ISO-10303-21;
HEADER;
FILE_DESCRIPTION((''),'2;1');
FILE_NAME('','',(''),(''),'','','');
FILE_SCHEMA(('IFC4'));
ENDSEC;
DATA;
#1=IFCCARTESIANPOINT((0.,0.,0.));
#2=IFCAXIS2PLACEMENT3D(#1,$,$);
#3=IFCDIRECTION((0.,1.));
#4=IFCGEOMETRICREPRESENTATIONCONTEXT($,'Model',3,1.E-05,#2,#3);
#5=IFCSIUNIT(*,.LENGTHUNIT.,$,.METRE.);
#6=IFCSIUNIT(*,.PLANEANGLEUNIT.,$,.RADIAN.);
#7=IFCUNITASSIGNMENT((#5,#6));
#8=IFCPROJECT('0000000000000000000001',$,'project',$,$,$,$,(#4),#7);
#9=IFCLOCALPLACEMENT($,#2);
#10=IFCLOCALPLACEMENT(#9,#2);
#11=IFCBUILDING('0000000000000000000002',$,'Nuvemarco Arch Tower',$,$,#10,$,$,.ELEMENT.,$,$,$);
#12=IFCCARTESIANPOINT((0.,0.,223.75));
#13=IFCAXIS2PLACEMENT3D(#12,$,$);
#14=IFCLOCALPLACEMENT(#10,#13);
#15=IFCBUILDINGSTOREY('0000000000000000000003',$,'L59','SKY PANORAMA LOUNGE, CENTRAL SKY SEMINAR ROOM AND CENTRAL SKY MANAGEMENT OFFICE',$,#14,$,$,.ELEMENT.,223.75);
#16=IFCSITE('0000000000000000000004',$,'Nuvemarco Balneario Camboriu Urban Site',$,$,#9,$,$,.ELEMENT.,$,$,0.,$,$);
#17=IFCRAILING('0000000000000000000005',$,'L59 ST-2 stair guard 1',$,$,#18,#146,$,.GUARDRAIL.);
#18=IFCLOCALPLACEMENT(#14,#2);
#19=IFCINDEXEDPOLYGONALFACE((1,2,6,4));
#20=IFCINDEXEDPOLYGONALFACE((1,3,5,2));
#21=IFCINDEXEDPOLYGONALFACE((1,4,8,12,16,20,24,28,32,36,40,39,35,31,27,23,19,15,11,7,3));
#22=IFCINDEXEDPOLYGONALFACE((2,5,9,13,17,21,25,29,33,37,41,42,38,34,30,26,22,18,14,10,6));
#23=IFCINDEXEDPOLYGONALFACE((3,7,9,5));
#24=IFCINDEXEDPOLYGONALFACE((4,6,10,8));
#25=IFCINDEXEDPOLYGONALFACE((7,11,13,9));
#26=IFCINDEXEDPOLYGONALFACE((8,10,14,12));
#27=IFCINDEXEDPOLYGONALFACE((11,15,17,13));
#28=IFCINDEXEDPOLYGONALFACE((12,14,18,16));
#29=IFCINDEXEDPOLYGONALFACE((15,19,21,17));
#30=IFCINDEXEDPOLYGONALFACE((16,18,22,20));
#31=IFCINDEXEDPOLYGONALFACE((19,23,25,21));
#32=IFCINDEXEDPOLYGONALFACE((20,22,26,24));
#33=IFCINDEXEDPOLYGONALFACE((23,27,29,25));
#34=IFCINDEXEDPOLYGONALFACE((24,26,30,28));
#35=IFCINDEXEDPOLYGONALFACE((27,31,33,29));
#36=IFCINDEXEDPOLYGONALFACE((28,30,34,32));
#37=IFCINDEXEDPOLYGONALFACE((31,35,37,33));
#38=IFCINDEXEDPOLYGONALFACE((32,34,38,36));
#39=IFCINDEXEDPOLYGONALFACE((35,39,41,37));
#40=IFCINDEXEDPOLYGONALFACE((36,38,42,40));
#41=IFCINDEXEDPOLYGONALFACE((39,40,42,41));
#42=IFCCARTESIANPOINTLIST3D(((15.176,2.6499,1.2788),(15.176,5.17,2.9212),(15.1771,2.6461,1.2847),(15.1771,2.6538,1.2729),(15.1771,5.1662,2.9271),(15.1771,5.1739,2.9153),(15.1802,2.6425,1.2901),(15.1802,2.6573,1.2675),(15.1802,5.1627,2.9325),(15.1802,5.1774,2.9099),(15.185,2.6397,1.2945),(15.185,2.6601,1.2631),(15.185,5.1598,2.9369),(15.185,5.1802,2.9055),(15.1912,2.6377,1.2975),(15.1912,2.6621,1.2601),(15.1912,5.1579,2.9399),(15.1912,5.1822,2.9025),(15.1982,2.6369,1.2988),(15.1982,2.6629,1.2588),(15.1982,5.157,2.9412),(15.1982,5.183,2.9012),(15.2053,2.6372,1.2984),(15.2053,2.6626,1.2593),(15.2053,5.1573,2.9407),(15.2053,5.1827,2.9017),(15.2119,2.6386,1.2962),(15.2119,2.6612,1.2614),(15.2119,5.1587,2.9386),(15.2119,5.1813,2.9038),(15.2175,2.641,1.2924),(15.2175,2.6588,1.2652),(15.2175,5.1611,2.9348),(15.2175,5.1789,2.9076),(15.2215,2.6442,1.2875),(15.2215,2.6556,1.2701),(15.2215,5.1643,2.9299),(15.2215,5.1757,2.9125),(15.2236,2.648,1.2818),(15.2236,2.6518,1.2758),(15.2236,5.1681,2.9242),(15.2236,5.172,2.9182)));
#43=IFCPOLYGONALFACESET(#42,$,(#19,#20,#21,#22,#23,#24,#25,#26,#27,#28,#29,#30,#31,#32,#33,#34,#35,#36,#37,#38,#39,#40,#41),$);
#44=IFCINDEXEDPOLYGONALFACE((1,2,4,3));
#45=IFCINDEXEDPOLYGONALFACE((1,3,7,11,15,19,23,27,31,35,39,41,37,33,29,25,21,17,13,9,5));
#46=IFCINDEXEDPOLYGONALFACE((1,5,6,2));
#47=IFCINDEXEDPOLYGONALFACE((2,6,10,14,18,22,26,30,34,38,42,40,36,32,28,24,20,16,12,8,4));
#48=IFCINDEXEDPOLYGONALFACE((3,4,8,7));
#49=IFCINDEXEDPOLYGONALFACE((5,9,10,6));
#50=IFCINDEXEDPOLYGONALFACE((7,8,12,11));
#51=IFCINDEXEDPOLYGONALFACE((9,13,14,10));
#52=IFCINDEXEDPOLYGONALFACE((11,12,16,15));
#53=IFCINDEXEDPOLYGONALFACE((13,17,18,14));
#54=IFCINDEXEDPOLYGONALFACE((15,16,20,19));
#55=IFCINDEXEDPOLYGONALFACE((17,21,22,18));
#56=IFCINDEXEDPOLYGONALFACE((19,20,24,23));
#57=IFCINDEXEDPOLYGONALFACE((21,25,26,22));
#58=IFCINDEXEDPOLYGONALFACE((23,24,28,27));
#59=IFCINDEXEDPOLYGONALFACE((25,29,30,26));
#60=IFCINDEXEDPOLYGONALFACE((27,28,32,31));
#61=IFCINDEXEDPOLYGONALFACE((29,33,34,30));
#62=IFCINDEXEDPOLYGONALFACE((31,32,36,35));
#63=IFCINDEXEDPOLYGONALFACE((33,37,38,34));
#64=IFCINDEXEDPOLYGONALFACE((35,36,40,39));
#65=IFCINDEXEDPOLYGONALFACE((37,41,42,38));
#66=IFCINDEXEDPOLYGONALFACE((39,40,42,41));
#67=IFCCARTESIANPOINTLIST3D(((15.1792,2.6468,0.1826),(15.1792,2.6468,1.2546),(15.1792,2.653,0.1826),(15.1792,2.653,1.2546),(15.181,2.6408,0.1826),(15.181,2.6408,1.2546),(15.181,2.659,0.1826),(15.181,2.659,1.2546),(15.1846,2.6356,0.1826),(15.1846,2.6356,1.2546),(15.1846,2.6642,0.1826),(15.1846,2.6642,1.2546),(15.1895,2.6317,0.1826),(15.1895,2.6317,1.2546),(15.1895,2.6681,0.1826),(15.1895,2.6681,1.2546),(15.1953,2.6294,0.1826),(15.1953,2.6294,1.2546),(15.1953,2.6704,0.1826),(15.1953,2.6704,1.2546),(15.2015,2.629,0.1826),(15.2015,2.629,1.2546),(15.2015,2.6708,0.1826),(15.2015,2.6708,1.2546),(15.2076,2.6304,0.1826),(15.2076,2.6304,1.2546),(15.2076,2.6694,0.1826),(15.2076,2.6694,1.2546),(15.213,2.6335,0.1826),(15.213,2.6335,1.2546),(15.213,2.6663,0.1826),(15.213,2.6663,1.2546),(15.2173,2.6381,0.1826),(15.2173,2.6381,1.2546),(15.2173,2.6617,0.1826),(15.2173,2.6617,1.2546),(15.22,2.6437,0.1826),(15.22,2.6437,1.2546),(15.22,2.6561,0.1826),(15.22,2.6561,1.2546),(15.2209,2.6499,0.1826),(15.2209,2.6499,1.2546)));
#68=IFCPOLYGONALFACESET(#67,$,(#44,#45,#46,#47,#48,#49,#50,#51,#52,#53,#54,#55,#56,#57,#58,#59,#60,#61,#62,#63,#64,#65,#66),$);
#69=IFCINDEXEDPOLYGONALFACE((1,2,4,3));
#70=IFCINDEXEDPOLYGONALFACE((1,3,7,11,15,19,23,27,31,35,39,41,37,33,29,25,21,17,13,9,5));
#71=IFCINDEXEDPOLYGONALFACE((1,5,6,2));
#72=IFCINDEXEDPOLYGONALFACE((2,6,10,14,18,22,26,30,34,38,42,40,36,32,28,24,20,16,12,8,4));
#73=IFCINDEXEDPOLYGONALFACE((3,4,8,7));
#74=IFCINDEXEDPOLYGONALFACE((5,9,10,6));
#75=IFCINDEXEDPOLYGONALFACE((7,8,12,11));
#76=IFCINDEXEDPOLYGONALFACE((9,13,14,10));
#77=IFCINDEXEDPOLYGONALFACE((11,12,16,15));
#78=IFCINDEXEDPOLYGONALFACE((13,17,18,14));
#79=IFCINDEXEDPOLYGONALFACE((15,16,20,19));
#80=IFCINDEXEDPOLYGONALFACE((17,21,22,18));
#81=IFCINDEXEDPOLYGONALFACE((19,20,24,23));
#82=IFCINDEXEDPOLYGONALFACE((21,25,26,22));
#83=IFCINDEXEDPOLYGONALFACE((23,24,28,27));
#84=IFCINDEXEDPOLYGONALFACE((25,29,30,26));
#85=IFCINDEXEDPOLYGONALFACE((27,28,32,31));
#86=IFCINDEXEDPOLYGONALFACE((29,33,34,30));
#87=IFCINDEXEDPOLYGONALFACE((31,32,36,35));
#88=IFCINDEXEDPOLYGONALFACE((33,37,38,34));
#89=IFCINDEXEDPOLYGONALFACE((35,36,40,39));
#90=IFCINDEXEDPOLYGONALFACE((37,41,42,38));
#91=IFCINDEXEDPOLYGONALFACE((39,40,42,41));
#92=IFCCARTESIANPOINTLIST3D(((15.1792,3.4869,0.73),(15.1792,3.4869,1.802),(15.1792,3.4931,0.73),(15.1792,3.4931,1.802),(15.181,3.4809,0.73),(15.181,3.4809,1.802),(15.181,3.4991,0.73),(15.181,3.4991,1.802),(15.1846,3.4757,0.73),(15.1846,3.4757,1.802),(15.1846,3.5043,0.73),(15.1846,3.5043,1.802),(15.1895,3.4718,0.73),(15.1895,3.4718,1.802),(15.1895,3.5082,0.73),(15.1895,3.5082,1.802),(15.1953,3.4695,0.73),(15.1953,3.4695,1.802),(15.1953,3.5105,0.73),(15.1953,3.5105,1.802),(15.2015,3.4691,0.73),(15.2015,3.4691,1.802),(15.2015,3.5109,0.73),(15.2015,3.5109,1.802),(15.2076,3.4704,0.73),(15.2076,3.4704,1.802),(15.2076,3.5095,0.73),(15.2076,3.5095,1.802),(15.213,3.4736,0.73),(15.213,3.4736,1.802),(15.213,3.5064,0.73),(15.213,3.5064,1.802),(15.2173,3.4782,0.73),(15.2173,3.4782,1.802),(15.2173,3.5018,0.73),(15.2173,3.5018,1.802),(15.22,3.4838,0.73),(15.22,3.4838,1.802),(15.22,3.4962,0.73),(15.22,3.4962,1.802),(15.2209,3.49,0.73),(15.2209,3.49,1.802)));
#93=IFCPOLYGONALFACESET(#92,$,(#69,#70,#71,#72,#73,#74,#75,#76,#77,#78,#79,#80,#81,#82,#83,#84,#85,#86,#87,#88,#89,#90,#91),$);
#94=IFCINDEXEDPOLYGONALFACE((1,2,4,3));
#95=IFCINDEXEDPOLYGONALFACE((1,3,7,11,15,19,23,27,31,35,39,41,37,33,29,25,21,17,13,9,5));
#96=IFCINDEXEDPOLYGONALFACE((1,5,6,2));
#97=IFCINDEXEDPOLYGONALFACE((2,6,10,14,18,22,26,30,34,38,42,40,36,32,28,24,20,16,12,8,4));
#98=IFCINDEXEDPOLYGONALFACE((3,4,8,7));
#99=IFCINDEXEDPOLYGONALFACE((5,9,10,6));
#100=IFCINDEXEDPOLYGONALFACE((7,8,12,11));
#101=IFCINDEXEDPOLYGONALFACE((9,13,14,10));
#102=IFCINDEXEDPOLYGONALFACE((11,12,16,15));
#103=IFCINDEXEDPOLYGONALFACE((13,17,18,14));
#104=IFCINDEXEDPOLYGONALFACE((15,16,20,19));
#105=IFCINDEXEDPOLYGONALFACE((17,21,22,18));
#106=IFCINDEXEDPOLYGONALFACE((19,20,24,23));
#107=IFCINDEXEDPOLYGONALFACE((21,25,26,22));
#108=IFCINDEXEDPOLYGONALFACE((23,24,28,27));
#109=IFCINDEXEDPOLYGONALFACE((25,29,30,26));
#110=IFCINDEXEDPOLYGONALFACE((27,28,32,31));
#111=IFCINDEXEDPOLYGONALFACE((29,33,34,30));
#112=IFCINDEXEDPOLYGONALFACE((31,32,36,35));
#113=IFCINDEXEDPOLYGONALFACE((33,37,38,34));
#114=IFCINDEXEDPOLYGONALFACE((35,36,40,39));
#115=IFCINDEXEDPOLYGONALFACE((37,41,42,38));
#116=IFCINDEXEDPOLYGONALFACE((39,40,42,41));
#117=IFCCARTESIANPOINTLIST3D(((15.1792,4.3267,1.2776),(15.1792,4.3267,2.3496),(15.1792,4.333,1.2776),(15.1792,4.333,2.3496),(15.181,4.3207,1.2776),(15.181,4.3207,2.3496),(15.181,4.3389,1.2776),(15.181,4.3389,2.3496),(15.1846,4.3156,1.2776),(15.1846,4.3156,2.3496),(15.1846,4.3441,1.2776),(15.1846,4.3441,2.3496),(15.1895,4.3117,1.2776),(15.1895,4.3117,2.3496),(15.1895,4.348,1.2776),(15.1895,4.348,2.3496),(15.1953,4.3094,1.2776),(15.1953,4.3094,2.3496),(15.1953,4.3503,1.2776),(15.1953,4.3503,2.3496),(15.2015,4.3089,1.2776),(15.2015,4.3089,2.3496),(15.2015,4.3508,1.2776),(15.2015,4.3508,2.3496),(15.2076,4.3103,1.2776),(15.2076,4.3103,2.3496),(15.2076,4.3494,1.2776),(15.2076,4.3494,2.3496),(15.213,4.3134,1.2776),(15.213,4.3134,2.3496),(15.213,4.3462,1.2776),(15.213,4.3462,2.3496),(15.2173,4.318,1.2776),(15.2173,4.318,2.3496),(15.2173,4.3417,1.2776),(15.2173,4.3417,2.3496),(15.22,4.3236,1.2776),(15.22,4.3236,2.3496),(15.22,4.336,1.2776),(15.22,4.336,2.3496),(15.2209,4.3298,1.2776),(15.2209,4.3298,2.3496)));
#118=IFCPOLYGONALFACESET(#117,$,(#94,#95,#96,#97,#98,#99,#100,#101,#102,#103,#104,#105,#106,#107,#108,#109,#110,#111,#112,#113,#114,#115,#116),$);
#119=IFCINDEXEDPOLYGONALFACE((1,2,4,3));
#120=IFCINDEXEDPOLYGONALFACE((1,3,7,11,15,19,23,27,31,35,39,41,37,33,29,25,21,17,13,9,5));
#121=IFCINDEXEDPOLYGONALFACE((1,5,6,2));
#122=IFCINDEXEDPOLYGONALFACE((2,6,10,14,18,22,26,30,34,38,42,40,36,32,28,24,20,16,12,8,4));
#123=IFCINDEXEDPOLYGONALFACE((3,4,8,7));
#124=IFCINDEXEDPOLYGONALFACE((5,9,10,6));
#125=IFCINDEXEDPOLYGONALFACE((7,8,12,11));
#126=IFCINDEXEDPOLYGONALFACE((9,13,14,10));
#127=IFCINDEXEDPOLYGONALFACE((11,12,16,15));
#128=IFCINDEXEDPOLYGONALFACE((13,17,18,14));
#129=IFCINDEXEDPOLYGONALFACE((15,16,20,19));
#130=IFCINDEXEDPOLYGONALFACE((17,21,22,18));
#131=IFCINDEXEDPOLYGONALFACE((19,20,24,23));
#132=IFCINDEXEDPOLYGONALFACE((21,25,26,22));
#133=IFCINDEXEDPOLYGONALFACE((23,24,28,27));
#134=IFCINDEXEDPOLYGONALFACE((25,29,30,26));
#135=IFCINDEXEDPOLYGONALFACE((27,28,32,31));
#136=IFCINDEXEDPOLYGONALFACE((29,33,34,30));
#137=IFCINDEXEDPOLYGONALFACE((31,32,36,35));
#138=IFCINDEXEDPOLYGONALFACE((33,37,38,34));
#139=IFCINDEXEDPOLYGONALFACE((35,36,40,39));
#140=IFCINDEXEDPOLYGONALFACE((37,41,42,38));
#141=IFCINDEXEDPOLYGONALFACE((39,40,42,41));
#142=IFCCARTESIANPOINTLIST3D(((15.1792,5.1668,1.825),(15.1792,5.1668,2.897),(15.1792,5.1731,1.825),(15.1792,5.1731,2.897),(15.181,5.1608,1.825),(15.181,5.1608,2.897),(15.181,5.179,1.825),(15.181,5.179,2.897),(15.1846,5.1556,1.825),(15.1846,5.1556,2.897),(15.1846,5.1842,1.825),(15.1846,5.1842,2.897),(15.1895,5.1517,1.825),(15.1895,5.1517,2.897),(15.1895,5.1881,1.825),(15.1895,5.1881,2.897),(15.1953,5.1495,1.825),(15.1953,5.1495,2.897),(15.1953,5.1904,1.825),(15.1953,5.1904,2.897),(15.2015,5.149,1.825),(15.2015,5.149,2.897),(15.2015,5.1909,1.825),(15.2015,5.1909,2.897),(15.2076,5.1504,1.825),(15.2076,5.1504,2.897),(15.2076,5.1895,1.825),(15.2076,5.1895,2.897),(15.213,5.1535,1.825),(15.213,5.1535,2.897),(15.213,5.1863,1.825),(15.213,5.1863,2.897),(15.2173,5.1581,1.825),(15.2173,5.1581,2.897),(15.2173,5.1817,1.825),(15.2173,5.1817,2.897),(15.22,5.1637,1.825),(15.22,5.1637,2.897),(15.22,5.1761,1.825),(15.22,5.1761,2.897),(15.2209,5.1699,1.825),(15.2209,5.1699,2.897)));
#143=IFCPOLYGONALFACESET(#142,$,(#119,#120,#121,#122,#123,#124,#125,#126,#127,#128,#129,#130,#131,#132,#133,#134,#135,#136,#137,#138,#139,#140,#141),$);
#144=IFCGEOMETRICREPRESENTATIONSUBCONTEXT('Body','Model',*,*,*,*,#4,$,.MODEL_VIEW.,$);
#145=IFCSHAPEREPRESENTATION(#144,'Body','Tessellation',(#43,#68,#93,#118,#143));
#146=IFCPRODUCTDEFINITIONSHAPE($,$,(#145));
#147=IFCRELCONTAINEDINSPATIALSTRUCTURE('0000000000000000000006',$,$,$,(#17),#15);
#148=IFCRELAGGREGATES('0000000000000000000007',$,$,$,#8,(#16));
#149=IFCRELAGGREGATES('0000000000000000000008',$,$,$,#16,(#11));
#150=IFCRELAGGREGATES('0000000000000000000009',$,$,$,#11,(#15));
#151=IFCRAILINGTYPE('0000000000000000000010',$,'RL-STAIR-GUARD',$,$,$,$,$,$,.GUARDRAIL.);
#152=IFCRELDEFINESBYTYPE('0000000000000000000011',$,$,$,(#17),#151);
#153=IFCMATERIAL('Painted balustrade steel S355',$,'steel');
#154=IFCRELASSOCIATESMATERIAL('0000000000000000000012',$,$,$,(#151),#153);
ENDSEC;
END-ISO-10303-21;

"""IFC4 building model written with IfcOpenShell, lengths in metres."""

from ifc_helpers import new_model, si_unit, direction, frame, origin, origin_2d, place, context, subcontext, project, spatial, circle, extrude, material, type_object, element, save


model = new_model("IFC4")

# Units and contexts
model_context = context("Model", 3, precision=1e-05, world=origin(), true_north=direction((0.0, 1.0)))
body_context = subcontext(model_context, "Body", "Model", "MODEL_VIEW")
ifc_project = project(units=[si_unit("LENGTHUNIT", "METRE"), si_unit("PLANEANGLEUNIT", "RADIAN")], contexts=[model_context])

# Site, building, storey
site_placement = place(None, origin())
site = spatial("IfcSite", under=ifc_project, at=site_placement, Name="Nuvemarco Balneario Camboriu Urban Site", CompositionType="ELEMENT", RefElevation=0.0)
building_placement = place(site_placement, origin())
building = spatial("IfcBuilding", under=site, at=building_placement, Name="Nuvemarco Arch Tower", CompositionType="ELEMENT")
storey_placement = place(building_placement, frame((0.0, 0.0, 223.75)))
storey = spatial("IfcBuildingStorey", under=building, at=storey_placement, Name="L59", Description="SKY PANORAMA LOUNGE, CENTRAL SKY SEMINAR ROOM AND CENTRAL SKY MANAGEMENT OFFICE", CompositionType="ELEMENT", Elevation=223.75)

# Railing
ifc_material_1 = material(Name="Painted balustrade steel S355", Category="steel")
railing_type_1 = type_object("IfcRailingType", Name="RL-STAIR-GUARD", PredefinedType="GUARDRAIL", material=ifc_material_1)
railing_1_placement = place(storey_placement, frame((15.2, 2.6499, 0.1826)))
element("IfcRailing", 1, at=railing_1_placement, inside=storey, type_object=railing_type_1, Name="L59 ST-2 stair guard 1", PredefinedType="GUARDRAIL", context=body_context, shape_type="SweptSolid", body=[
    extrude(circle(Radius=0.0239, at=origin_2d()), frame((0.0, 0.0, 1.0962), z_axis=(0.0, 0.837787, 0.545998), x_axis=(-1.0, 0.0, 0.0)), (0.0, 0.0, 1.0), 3.0081),
    extrude(circle(Radius=0.021, at=origin_2d()), origin(), (0.0, 0.0, 1.0), 1.072),
    extrude(circle(Radius=0.021, at=origin_2d()), frame((0.0, 0.8401, 0.5474)), (0.0, 0.0, 1.0), 1.072),
    extrude(circle(Radius=0.021, at=origin_2d()), frame((0.0, 1.6799, 1.095)), (0.0, 0.0, 1.0), 1.072),
    extrude(circle(Radius=0.021, at=origin_2d()), frame((0.0, 2.52, 1.6423)), (0.0, 0.0, 1.0), 1.072),
])

save(model, "model.ifc")
